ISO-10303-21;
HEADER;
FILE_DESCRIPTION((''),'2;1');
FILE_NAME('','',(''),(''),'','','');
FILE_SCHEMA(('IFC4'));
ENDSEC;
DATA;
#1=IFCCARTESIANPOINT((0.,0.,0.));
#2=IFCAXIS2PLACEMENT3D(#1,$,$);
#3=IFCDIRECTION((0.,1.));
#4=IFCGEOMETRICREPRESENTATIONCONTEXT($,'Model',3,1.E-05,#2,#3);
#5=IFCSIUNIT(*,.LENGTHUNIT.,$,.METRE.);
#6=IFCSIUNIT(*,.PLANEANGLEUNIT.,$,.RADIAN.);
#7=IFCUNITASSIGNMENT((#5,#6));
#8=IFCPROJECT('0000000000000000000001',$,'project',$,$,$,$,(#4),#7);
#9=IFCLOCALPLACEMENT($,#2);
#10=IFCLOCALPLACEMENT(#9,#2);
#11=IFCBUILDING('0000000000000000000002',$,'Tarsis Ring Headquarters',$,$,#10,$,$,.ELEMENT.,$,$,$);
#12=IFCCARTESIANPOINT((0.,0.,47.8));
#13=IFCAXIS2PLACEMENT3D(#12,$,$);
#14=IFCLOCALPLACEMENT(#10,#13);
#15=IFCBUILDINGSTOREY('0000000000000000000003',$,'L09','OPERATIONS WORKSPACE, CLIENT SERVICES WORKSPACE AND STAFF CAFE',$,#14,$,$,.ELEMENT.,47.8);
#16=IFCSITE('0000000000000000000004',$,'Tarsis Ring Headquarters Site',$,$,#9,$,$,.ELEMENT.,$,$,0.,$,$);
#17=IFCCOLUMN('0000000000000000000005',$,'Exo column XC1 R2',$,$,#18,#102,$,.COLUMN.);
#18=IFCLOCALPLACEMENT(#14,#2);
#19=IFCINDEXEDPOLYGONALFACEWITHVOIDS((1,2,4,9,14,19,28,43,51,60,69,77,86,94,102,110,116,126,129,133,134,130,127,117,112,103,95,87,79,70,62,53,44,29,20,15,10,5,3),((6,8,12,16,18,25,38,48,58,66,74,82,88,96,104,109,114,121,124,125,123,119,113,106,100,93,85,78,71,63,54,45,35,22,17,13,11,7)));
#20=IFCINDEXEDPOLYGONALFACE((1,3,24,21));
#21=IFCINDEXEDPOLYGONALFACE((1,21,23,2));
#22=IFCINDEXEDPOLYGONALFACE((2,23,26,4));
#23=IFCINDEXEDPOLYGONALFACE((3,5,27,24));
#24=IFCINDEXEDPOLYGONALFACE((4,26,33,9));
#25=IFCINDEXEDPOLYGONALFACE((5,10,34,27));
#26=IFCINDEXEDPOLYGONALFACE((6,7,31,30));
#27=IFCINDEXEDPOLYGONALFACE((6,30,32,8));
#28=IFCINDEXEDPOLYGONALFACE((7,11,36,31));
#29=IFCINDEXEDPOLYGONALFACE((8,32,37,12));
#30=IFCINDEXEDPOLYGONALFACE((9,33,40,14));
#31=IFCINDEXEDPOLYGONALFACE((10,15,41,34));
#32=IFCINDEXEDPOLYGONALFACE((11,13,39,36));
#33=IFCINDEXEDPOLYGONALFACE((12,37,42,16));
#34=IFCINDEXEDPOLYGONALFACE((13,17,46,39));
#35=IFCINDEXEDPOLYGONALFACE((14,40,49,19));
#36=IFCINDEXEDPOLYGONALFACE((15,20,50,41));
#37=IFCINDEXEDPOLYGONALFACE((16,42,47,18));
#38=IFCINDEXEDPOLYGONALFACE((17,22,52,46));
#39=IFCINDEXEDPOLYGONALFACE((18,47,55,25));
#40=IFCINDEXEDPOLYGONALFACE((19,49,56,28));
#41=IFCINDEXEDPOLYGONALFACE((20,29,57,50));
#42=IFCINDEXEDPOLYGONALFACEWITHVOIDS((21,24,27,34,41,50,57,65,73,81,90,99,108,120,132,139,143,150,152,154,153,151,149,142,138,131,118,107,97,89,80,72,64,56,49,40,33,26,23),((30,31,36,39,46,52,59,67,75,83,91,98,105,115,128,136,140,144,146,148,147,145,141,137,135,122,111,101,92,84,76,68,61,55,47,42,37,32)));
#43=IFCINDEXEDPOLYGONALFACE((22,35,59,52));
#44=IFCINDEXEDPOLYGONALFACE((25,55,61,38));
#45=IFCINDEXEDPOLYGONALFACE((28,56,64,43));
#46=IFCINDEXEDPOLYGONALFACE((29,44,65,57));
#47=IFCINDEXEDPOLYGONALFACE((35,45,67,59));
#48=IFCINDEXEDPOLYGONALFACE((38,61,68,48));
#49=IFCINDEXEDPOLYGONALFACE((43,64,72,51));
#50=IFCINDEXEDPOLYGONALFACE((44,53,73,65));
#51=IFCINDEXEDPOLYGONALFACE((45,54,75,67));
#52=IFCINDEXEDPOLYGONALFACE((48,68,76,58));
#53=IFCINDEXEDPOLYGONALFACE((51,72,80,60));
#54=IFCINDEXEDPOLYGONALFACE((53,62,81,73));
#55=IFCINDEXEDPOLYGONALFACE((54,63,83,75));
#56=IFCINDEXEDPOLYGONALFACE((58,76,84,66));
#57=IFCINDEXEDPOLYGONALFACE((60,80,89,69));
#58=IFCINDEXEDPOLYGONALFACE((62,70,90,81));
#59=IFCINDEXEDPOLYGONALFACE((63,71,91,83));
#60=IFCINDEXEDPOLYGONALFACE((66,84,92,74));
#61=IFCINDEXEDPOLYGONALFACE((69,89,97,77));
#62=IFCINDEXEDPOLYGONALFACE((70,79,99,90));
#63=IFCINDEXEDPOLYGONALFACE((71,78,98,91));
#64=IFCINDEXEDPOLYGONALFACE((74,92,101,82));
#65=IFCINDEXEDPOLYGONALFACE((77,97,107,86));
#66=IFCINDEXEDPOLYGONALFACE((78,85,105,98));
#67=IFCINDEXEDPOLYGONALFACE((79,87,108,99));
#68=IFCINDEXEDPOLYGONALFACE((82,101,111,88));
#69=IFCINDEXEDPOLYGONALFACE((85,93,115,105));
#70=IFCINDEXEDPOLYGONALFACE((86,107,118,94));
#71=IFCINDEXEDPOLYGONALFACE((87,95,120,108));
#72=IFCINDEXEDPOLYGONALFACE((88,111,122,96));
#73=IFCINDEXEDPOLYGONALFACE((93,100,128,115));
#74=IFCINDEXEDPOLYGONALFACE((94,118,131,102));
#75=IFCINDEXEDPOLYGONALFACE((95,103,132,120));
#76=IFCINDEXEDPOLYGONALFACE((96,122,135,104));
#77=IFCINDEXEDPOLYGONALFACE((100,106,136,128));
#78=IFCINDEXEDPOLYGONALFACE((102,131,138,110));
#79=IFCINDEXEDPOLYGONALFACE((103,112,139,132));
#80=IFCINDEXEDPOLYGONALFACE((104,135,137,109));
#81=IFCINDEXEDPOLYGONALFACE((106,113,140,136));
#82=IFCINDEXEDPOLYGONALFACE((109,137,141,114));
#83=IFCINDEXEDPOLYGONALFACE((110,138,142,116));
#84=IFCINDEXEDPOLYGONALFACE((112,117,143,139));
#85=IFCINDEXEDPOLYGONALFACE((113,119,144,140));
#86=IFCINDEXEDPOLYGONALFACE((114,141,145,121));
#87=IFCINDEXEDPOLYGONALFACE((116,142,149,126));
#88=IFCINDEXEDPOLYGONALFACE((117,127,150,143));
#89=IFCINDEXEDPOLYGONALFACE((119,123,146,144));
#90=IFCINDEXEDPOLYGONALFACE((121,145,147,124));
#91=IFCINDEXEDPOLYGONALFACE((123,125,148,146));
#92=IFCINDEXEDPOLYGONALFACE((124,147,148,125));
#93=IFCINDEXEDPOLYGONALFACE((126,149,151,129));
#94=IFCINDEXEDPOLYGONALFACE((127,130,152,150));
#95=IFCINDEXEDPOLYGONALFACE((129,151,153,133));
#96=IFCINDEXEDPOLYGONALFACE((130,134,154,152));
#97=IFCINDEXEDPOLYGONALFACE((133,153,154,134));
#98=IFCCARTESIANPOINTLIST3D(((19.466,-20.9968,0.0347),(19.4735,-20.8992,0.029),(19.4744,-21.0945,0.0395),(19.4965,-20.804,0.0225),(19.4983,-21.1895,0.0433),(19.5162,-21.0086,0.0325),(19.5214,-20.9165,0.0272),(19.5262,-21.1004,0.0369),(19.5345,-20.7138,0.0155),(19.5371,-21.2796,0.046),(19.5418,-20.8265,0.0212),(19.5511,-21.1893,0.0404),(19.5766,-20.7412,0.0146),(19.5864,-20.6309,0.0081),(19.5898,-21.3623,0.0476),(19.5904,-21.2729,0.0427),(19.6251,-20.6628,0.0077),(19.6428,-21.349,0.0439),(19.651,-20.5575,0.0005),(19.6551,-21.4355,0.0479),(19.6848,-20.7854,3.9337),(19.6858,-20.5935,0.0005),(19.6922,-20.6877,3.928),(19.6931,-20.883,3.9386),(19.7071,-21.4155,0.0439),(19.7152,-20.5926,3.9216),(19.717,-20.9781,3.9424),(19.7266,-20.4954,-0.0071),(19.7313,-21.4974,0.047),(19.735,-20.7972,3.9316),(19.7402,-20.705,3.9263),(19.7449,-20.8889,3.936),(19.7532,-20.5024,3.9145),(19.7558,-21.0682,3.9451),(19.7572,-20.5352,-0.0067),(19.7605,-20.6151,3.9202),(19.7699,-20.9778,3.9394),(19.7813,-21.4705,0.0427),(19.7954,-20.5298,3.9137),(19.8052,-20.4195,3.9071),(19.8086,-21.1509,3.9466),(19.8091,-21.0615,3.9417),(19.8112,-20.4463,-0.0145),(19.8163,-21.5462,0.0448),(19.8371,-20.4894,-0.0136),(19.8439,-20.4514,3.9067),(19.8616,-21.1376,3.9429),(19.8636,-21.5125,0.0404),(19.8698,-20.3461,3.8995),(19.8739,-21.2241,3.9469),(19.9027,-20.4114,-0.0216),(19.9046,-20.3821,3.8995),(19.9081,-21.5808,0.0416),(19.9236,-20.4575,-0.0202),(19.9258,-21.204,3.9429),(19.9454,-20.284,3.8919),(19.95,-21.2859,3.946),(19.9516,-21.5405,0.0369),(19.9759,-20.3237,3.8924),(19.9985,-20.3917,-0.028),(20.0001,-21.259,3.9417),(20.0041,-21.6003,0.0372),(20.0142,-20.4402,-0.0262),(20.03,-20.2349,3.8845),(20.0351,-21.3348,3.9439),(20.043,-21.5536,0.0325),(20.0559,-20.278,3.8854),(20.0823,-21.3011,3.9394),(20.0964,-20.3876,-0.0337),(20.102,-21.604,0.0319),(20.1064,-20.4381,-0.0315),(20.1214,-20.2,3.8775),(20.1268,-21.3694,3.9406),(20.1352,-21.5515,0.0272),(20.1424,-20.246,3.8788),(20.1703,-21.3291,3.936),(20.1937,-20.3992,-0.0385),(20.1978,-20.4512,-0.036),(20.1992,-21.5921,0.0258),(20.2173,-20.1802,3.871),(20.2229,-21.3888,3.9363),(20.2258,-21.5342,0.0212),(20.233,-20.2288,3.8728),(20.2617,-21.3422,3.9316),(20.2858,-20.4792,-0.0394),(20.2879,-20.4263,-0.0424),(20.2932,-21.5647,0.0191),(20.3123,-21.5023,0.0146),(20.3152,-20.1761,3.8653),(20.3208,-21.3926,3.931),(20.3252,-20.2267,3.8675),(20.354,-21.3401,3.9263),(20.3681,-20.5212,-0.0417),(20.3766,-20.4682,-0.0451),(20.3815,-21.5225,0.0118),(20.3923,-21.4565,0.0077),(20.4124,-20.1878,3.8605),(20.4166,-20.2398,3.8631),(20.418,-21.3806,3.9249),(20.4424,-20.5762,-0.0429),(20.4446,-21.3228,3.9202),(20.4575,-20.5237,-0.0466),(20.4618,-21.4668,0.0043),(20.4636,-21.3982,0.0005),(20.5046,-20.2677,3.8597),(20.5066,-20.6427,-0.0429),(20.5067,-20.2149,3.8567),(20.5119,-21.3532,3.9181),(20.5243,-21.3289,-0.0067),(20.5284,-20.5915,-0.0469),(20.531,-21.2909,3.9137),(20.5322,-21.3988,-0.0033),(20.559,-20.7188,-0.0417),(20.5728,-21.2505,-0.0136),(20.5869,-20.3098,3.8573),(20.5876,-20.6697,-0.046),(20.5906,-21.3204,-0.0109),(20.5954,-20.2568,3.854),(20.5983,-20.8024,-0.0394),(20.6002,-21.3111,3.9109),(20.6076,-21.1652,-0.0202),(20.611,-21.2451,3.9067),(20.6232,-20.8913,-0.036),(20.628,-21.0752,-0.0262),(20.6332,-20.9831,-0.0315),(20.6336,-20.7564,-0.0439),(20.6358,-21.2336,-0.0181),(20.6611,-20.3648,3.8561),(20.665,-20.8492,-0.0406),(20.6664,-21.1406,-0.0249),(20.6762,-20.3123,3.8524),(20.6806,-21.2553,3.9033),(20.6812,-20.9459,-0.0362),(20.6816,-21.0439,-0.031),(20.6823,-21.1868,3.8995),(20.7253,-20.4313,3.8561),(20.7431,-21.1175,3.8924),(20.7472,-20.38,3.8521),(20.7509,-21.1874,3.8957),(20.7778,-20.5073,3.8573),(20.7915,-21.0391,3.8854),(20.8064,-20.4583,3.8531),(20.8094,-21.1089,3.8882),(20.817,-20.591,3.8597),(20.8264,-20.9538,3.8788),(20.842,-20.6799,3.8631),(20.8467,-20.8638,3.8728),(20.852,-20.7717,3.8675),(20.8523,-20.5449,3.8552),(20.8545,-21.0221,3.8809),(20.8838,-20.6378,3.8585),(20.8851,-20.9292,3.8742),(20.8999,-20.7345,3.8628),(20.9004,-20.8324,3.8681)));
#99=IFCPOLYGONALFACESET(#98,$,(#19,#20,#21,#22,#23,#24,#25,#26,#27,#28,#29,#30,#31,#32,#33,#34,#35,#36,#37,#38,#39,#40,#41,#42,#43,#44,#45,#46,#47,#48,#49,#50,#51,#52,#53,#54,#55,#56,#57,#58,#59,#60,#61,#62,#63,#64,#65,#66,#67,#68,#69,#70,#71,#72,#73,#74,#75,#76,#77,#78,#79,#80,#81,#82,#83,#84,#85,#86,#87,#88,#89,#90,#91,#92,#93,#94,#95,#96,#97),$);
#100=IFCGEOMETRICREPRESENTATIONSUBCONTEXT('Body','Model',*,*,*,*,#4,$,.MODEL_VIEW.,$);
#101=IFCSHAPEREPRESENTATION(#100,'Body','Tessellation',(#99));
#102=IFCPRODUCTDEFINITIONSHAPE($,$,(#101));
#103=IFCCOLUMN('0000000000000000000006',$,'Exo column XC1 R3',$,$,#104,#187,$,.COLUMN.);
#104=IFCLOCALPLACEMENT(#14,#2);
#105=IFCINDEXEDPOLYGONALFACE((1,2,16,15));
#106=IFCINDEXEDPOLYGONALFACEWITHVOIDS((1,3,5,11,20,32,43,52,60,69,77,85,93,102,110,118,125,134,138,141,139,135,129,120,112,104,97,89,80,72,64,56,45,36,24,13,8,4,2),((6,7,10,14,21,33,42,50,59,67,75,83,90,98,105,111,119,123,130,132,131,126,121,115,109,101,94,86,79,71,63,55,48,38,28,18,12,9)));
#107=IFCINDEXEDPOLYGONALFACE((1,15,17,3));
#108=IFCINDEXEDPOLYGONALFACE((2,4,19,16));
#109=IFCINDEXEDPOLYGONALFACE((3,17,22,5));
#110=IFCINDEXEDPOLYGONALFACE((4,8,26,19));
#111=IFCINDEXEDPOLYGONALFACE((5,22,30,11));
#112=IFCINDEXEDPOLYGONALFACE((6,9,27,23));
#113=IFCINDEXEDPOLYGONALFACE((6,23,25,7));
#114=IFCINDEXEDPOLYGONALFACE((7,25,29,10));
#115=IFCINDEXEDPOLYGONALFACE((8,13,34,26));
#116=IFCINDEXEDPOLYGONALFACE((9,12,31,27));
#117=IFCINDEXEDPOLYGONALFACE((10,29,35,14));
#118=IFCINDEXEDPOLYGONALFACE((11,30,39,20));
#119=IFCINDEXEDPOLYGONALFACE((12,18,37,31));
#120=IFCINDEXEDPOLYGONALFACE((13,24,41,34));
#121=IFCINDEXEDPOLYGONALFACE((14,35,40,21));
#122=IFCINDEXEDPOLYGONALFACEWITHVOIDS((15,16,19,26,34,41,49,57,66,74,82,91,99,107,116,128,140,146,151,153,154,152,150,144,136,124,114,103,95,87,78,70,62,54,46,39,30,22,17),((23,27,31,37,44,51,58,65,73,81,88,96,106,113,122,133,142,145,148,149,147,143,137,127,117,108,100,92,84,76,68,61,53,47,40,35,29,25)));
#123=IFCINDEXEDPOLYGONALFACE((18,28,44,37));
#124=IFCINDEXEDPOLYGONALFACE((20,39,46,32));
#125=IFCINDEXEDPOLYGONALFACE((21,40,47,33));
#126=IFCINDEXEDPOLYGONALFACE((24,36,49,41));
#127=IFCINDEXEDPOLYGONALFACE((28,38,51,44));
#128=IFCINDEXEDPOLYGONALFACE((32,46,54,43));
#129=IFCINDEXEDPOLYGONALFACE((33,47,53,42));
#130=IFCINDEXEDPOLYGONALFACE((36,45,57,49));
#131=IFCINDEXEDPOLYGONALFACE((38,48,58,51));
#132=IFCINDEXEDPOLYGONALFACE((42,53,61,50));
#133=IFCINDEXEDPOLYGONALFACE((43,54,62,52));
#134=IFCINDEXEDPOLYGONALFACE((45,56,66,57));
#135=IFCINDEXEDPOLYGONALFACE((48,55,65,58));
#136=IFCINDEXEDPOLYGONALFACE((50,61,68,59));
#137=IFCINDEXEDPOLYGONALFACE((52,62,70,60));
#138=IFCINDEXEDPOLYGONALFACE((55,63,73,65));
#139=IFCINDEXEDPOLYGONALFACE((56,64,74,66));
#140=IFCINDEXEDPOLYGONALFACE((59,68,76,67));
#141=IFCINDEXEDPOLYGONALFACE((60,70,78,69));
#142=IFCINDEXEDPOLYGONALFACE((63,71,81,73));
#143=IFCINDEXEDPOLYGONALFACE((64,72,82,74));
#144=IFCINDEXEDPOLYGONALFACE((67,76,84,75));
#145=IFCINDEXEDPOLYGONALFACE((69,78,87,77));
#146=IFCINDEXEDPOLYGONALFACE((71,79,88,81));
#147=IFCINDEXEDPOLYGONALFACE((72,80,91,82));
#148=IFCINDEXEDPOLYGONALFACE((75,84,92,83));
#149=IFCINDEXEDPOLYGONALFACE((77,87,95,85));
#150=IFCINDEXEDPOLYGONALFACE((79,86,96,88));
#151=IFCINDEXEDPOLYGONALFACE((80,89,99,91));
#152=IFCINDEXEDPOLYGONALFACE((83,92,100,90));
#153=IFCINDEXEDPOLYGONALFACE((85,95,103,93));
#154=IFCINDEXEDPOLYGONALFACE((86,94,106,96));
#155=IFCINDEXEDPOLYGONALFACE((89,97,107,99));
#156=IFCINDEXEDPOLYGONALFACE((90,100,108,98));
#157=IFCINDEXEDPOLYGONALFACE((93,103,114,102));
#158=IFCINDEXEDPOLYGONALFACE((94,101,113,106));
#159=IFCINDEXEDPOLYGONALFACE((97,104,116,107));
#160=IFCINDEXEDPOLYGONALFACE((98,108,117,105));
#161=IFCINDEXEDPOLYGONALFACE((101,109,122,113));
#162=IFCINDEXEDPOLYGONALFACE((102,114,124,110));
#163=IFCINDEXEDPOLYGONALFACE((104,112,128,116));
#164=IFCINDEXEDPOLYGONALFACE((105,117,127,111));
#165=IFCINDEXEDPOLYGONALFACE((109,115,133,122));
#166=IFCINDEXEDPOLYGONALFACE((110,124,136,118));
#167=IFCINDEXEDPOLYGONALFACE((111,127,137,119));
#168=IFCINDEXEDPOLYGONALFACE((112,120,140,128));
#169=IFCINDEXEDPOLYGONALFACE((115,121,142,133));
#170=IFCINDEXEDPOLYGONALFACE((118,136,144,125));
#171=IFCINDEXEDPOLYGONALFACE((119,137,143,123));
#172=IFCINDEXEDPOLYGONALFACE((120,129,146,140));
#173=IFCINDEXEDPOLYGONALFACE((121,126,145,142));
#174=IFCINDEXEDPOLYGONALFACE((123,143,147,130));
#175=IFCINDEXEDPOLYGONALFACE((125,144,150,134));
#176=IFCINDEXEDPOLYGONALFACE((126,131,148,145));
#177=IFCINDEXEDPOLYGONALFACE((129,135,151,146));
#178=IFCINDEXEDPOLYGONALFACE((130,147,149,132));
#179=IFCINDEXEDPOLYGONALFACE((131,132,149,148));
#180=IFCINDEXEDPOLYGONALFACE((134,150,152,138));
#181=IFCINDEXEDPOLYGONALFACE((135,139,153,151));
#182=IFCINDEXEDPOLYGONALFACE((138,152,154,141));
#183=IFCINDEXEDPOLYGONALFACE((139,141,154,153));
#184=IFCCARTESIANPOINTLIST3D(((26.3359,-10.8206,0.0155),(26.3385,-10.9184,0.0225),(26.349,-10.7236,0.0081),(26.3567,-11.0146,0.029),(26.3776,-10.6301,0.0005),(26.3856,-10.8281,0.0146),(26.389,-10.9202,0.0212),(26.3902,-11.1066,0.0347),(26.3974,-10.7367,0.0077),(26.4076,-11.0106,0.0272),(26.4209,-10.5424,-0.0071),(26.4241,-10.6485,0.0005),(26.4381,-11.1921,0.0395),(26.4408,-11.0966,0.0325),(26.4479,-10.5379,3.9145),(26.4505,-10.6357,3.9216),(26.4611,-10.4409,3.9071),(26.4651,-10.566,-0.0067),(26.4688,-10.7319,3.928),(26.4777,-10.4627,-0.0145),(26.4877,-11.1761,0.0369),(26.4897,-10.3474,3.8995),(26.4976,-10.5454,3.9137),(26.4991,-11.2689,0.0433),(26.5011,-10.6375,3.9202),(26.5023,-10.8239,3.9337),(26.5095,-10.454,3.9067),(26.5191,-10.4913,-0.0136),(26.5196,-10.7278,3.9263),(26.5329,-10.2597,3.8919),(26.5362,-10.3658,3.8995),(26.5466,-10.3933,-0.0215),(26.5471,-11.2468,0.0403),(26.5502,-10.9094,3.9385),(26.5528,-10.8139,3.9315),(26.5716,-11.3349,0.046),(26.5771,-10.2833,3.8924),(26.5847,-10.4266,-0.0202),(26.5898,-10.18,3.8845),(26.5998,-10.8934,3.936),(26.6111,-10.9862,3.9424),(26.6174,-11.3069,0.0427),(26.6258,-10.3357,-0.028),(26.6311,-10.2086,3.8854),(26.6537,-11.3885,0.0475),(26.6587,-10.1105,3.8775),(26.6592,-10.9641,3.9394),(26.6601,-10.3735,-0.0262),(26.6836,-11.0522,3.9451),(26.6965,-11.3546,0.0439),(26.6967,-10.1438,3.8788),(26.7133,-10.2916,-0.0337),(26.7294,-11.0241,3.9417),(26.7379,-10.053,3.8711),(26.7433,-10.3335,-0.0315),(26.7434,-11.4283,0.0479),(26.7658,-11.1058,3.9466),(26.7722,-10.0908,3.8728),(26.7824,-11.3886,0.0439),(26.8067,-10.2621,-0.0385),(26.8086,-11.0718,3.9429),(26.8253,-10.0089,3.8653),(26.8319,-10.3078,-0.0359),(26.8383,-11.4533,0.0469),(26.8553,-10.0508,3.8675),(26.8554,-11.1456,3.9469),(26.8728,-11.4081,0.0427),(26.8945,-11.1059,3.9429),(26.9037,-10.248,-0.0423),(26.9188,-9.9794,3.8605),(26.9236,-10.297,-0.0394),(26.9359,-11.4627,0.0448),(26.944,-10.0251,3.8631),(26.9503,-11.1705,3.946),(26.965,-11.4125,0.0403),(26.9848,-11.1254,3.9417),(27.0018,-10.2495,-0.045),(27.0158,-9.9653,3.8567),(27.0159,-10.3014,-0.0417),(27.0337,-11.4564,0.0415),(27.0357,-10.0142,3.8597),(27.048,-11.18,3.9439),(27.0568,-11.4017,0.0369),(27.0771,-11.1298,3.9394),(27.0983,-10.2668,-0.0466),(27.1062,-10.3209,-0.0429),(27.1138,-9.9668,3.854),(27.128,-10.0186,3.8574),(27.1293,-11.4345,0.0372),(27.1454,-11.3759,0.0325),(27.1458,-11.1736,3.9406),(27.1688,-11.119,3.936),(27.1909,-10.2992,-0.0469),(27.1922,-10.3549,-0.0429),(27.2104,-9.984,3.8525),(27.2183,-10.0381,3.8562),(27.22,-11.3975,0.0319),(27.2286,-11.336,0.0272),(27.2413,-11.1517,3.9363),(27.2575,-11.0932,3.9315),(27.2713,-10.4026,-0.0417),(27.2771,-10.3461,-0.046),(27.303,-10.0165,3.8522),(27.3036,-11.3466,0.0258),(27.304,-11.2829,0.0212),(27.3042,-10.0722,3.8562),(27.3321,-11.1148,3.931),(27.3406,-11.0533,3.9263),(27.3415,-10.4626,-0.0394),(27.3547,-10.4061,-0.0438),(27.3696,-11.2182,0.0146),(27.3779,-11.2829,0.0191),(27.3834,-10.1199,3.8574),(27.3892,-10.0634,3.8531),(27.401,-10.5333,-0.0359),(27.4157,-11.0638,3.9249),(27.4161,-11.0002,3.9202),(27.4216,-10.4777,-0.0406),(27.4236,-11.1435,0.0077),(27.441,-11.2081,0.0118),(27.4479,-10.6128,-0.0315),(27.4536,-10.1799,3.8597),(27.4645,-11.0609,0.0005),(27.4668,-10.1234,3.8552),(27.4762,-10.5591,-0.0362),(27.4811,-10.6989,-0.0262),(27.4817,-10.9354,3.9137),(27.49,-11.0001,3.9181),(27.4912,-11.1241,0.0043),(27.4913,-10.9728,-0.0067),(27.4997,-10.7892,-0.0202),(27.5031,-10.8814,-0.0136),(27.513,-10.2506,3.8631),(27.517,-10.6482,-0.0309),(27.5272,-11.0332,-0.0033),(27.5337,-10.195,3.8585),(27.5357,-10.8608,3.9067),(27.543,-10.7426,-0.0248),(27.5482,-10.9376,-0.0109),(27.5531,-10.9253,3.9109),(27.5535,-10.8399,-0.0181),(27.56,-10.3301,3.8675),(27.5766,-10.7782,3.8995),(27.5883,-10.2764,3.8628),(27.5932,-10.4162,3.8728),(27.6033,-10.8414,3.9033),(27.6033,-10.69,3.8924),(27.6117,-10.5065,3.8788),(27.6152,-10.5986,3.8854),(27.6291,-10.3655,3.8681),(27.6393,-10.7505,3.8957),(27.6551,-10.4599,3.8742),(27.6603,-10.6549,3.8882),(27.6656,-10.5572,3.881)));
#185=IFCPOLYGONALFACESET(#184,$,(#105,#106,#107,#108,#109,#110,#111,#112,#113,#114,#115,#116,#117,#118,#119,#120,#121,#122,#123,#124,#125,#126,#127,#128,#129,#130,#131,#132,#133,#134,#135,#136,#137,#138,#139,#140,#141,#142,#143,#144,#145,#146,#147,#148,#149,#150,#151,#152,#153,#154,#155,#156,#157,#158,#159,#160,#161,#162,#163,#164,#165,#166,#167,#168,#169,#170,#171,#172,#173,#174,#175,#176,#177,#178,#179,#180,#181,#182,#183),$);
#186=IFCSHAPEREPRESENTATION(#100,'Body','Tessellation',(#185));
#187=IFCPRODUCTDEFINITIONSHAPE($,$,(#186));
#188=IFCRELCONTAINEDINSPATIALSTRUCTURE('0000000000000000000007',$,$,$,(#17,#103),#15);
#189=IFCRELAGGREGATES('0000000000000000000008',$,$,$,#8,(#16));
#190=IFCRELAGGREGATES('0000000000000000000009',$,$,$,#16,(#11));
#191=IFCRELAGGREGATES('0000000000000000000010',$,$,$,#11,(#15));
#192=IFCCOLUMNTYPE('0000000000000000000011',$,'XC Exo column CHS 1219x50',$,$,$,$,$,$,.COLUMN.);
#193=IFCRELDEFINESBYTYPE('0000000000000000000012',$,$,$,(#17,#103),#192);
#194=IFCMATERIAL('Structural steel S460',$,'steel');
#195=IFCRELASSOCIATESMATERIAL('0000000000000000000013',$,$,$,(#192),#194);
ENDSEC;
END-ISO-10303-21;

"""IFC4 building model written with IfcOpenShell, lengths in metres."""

from ifc_helpers import new_model, si_unit, direction, frame, origin, origin_2d, place, context, subcontext, project, spatial, hollow_circle, extrude, material, material_profile, profile_set, type_object, element, save


model = new_model("IFC4")

# Units and contexts
model_context = context("Model", 3, precision=1e-05, world=origin(), true_north=direction((0.0, 1.0)))
body_context = subcontext(model_context, "Body", "Model", "MODEL_VIEW")
ifc_project = project(units=[si_unit("LENGTHUNIT", "METRE"), si_unit("PLANEANGLEUNIT", "RADIAN")], contexts=[model_context])

# Site, building, storey
site_placement = place(None, origin())
site = spatial("IfcSite", under=ifc_project, at=site_placement, Name="Tarsis Ring Headquarters Site", CompositionType="ELEMENT", RefElevation=0.0)
building_placement = place(site_placement, origin())
building = spatial("IfcBuilding", under=site, at=building_placement, Name="Tarsis Ring Headquarters", CompositionType="ELEMENT")
storey_placement = place(building_placement, frame((0.0, 0.0, 47.8)))
storey = spatial("IfcBuildingStorey", under=building, at=storey_placement, Name="L09", Description="OPERATIONS WORKSPACE, CLIENT SERVICES WORKSPACE AND STAFF CAFE", CompositionType="ELEMENT", Elevation=47.8)

# Columns
ifc_material_1 = material(Name="Structural steel S460", Category="steel")
ifc_material_profile_1 = material_profile(ifc_material_1, hollow_circle(Radius=0.6096, WallThickness=0.05, at=origin_2d()), Name="CHS 1219x50")
ifc_profile_set_1 = profile_set([ifc_material_profile_1], Name="Structural steel S460")
column_type = type_object("IfcColumnType", Name="XC Exo column CHS 1219x50", PredefinedType="COLUMN", material=ifc_profile_set_1)
for number, where, z_axis, x_axis, name in (
    (1, (20.0747, -20.9958, 0.0005), (0.055935, 0.054062, 0.99697), (-0.694967, 0.719042, 0.0), "Exo column XC1 R2"),
    (2, (26.9443, -10.8547, 0.0005), (0.028654, 0.072291, 0.996972), (-0.929635, 0.368482, 0.0), "Exo column XC1 R3"),
):
    element("IfcColumn", number, at=place(storey_placement, frame(where, z_axis=z_axis, x_axis=x_axis)), inside=storey, type_object=column_type, Name=name, PredefinedType="COLUMN", context=body_context, shape_type="SweptSolid", body=[
        extrude(hollow_circle(Radius=0.6096, WallThickness=0.05, at=origin_2d()), origin(), (0.0, 0.0, 1.0), 3.9109),
    ])

save(model, "model.ifc")
